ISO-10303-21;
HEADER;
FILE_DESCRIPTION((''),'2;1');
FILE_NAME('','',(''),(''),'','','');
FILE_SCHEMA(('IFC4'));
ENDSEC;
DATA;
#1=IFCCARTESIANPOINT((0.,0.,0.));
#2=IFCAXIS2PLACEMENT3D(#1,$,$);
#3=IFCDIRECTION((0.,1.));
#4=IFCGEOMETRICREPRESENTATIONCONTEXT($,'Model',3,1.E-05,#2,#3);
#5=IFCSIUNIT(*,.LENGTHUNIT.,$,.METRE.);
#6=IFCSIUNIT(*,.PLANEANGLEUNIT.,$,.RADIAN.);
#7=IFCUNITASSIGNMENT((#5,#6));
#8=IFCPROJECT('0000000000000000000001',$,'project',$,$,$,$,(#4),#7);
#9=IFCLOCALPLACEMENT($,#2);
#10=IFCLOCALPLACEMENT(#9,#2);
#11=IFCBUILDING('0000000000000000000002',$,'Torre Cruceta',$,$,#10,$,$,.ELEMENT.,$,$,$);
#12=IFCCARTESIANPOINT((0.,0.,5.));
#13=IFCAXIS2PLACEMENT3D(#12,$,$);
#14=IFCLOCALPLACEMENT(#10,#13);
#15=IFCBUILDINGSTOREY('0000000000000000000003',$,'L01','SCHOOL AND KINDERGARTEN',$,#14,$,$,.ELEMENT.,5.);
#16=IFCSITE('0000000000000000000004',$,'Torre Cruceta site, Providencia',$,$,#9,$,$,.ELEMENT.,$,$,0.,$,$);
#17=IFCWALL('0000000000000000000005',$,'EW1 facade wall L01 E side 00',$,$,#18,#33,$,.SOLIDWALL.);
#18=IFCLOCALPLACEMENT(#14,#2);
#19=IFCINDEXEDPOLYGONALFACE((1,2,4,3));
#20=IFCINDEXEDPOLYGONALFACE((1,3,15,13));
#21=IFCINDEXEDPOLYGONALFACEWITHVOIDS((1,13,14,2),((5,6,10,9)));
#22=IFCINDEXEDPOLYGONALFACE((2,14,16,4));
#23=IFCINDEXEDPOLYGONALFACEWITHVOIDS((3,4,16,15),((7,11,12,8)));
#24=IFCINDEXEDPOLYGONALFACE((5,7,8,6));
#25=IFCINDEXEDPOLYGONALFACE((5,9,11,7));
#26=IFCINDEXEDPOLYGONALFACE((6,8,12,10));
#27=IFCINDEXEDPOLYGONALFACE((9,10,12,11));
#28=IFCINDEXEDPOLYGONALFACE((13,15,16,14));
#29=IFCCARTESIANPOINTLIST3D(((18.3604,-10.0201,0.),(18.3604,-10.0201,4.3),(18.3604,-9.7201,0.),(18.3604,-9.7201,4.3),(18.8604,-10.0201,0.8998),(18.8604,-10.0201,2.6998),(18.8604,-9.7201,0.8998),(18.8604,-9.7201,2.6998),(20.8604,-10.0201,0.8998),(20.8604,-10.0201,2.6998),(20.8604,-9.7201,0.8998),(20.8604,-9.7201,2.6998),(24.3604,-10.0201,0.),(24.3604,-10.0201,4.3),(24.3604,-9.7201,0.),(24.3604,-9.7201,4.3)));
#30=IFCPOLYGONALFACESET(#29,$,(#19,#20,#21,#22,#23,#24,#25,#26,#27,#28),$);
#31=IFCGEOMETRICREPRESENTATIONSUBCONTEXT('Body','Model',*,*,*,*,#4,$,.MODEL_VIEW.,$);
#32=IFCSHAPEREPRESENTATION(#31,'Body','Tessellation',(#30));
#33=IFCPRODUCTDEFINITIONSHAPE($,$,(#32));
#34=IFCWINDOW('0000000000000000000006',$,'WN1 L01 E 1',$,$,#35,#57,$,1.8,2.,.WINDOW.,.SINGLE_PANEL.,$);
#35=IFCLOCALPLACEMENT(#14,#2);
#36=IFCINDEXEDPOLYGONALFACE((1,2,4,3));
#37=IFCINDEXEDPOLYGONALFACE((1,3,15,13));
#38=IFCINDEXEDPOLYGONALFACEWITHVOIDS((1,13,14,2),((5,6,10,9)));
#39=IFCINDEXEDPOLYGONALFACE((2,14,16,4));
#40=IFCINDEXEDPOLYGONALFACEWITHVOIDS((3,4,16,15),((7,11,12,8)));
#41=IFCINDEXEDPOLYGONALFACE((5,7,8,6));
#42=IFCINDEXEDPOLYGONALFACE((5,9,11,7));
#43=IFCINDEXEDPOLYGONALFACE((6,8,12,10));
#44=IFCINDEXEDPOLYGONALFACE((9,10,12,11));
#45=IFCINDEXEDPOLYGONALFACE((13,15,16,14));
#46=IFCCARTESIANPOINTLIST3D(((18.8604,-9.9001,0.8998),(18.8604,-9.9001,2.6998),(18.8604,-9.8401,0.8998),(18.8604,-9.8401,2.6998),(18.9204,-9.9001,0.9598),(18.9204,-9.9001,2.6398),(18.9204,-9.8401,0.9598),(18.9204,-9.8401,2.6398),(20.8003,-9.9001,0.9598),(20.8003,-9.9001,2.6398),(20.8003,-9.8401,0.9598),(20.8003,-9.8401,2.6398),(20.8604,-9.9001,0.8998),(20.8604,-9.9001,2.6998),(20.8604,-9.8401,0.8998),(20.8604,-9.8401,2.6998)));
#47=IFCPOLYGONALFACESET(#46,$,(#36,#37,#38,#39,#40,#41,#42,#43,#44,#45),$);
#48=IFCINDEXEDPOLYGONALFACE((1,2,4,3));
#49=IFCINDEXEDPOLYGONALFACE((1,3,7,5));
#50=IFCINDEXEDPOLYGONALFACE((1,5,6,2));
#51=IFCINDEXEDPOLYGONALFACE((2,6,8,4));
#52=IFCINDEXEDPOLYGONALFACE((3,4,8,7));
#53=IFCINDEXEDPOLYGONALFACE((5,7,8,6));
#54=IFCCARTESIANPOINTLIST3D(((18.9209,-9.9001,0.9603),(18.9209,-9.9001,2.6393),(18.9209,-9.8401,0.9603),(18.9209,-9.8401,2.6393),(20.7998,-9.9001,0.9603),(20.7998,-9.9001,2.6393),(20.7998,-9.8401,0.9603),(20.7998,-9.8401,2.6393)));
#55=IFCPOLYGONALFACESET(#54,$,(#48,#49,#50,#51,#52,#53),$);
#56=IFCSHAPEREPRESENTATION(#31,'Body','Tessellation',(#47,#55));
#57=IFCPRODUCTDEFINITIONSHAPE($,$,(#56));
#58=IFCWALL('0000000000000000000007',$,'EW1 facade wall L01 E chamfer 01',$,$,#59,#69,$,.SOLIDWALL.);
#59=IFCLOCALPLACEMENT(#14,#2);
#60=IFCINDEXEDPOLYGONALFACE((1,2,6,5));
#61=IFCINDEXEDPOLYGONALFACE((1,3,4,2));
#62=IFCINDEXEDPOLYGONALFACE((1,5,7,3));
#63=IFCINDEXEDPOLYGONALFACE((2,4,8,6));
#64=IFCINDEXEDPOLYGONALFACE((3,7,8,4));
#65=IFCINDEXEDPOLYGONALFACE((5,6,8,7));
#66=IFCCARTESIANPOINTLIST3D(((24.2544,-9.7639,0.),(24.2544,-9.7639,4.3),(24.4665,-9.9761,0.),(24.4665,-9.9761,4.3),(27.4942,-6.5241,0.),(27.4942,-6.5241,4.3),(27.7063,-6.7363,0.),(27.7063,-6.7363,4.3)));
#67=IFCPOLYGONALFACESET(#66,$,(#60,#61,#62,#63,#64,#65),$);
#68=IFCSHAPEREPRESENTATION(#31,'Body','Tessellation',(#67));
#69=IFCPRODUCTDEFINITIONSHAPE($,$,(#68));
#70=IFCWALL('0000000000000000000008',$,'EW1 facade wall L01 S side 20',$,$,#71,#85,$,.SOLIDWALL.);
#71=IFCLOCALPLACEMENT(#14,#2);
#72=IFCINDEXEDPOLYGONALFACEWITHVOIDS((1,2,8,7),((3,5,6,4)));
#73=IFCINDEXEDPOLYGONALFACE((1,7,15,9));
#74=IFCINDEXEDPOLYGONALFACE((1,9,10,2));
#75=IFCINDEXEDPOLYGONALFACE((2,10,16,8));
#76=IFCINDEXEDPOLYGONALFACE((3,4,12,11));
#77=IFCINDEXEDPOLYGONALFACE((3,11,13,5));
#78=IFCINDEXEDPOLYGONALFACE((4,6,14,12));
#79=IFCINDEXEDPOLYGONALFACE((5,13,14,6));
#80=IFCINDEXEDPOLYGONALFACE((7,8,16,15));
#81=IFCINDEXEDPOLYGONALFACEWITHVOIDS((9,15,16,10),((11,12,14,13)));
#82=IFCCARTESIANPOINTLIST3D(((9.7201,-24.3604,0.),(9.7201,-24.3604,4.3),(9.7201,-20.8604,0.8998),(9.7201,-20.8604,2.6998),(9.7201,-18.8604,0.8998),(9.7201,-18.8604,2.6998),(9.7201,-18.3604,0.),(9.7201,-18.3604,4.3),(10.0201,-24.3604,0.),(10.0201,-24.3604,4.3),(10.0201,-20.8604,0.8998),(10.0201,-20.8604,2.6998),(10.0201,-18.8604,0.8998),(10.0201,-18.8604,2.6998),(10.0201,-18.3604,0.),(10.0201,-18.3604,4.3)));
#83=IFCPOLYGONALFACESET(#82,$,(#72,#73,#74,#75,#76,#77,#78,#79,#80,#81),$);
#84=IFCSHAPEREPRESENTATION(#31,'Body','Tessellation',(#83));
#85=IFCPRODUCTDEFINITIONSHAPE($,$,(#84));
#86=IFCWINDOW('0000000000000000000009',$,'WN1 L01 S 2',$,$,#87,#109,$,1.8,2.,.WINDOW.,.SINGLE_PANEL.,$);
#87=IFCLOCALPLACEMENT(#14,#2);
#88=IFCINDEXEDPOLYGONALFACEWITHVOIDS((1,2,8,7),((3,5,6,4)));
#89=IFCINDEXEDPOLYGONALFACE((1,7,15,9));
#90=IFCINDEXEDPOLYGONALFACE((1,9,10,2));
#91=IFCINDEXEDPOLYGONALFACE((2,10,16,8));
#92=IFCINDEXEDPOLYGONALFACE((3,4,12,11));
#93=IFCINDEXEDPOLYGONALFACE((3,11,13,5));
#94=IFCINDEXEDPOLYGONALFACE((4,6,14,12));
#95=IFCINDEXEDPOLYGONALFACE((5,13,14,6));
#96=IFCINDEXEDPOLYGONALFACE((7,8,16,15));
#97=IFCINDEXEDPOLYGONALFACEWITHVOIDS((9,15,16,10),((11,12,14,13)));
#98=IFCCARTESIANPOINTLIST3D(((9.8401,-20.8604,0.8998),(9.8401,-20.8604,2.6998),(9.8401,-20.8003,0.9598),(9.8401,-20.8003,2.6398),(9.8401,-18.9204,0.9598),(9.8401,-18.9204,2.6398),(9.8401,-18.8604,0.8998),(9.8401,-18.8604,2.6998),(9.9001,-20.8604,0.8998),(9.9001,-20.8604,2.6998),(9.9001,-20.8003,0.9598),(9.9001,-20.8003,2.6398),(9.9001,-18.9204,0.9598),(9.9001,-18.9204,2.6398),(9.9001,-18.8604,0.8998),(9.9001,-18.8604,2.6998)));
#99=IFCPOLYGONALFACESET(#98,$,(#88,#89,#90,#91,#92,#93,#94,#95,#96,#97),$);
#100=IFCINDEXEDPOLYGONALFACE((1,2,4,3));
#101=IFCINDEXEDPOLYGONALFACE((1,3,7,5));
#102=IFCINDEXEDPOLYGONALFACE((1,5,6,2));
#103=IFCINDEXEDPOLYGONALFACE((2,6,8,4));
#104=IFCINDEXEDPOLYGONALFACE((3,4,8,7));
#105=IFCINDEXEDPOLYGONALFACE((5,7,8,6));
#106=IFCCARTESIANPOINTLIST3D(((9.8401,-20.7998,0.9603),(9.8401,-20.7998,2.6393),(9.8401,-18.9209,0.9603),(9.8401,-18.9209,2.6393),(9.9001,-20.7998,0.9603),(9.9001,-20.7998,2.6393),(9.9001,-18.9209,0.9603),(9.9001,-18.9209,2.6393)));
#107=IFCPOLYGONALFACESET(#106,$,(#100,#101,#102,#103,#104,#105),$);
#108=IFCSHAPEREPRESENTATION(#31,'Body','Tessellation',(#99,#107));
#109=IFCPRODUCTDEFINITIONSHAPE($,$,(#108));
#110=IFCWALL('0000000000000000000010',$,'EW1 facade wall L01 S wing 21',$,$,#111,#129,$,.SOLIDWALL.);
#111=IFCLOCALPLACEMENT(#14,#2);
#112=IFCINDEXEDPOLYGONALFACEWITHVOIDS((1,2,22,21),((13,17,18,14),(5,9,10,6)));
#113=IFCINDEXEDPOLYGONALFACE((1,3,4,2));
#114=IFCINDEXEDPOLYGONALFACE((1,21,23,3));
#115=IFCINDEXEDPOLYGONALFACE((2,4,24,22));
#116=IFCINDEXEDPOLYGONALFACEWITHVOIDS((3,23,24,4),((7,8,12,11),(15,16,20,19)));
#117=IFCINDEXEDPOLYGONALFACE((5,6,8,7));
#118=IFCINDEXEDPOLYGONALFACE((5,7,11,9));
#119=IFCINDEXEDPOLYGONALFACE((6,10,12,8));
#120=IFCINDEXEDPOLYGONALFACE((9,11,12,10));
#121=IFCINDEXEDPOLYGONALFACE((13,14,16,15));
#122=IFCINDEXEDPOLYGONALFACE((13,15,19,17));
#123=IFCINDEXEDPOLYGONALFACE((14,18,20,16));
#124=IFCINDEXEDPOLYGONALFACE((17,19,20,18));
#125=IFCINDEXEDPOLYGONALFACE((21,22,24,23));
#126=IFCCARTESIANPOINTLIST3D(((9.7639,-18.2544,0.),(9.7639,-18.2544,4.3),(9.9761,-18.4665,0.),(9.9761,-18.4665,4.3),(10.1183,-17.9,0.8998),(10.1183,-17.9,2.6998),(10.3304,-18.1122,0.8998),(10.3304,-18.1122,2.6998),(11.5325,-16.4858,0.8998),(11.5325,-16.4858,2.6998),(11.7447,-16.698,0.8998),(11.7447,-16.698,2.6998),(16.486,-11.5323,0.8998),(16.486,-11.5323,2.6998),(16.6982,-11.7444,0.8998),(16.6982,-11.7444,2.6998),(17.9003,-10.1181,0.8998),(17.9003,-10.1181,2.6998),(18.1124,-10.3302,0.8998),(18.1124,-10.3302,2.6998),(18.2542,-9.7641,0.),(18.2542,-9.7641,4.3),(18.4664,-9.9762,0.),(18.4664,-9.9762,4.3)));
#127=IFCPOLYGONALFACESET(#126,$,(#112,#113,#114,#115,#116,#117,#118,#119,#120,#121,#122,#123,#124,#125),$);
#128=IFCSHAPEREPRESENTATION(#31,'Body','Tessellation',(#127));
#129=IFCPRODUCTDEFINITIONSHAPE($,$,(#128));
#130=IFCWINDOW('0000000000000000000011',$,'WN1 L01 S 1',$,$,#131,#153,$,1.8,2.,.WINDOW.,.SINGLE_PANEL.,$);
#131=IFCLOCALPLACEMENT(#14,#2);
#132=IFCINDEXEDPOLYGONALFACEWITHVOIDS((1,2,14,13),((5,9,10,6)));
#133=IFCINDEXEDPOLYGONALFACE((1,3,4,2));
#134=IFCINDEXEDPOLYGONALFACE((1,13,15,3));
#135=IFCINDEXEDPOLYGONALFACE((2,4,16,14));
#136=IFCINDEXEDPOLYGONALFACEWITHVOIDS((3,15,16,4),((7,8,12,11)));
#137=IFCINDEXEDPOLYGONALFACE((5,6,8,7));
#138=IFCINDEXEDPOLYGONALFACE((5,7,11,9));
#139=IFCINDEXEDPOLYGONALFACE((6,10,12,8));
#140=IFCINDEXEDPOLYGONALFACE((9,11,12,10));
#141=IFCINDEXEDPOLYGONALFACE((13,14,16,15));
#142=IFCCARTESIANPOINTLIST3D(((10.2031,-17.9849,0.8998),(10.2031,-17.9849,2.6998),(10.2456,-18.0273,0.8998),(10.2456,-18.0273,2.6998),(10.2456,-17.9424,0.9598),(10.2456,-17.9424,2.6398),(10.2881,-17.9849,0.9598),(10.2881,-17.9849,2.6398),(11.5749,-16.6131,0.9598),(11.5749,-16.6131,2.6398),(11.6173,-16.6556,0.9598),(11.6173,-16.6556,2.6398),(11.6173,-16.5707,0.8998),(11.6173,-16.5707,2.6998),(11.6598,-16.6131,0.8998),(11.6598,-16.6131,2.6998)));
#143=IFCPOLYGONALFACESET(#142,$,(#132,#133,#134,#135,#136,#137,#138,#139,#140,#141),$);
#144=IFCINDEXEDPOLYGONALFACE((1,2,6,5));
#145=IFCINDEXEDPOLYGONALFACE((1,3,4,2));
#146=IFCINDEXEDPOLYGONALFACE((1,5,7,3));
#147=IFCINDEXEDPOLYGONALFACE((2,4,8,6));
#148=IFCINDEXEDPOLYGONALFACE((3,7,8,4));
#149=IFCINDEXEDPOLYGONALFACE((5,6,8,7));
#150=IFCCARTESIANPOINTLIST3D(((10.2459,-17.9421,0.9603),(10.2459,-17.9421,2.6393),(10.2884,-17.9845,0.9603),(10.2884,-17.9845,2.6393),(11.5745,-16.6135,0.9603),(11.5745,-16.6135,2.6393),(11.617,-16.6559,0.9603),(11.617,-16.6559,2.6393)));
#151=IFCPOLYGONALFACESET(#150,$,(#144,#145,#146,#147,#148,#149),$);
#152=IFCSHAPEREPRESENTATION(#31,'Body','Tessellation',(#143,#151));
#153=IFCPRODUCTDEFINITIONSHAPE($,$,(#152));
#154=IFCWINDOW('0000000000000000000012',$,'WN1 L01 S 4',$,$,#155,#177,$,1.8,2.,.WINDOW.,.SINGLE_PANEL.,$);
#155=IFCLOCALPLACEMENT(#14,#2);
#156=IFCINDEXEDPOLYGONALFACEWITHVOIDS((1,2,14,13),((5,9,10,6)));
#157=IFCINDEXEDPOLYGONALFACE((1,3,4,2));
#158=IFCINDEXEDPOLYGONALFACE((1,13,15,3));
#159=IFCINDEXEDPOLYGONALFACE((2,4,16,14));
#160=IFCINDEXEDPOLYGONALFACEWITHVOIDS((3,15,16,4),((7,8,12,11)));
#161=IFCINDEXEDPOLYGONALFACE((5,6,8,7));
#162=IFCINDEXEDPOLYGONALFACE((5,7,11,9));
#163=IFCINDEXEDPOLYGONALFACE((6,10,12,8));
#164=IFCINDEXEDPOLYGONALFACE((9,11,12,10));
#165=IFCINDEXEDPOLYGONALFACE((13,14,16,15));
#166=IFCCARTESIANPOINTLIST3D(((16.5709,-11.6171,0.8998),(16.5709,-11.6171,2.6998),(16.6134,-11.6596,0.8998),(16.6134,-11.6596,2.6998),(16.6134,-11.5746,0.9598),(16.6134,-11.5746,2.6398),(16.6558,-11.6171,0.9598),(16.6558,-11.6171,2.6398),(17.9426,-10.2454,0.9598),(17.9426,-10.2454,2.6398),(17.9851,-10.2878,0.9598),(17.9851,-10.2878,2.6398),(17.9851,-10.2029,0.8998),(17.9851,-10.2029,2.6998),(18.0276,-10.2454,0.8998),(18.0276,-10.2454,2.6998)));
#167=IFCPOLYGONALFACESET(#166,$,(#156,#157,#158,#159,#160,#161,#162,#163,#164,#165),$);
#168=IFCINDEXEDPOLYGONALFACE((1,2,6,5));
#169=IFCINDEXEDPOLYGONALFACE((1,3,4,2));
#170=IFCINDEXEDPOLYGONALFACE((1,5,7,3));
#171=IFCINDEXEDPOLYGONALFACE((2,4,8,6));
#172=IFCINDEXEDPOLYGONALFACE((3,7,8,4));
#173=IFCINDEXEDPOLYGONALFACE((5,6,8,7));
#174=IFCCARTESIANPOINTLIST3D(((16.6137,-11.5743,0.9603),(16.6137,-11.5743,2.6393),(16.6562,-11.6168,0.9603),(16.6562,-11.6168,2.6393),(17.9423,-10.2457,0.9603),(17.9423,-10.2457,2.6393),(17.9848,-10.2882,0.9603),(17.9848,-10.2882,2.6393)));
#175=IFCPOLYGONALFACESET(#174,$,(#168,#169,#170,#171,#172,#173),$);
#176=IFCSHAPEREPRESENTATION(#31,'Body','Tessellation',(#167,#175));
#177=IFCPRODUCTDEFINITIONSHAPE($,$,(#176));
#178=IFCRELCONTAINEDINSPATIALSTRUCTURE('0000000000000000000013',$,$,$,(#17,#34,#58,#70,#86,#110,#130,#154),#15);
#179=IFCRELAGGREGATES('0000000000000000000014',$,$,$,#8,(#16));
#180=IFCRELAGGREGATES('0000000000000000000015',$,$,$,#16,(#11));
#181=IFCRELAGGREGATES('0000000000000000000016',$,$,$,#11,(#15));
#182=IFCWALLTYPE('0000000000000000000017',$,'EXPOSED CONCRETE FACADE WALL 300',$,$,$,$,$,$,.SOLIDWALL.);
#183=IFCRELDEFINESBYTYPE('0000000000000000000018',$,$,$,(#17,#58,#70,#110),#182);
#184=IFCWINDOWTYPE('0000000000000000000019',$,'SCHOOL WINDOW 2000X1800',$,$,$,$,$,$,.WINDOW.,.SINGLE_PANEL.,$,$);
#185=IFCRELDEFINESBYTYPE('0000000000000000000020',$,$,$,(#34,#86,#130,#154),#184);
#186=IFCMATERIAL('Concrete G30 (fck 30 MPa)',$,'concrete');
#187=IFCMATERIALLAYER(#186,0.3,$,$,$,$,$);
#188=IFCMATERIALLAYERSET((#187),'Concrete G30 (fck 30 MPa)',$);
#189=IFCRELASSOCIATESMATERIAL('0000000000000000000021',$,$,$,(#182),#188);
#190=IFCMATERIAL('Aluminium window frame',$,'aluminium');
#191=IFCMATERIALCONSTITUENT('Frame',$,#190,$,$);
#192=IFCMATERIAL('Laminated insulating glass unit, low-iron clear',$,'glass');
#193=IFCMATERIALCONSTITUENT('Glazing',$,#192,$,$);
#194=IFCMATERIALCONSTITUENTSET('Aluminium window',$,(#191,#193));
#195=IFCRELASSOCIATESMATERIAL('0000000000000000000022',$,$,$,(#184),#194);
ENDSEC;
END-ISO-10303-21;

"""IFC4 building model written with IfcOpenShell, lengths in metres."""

from ifc_helpers import new_model, si_unit, direction, frame, frame_2d, origin, place, context, subcontext, project, spatial, rectangle, hollow_rectangle, extrude, material, layer, layer_set, constituent, constituent_set, type_object, element, fill, save


model = new_model("IFC4")

# Units and contexts
model_context = context("Model", 3, precision=1e-05, world=origin(), true_north=direction((0.0, 1.0)))
body_context = subcontext(model_context, "Body", "Model", "MODEL_VIEW")
ifc_project = project(units=[si_unit("LENGTHUNIT", "METRE"), si_unit("PLANEANGLEUNIT", "RADIAN")], contexts=[model_context])

# Site, building, storey
site_placement = place(None, origin())
site = spatial("IfcSite", under=ifc_project, at=site_placement, Name="Torre Cruceta site, Providencia", CompositionType="ELEMENT", RefElevation=0.0)
building_placement = place(site_placement, origin())
building = spatial("IfcBuilding", under=site, at=building_placement, Name="Torre Cruceta", CompositionType="ELEMENT")
storey_placement = place(building_placement, frame((0.0, 0.0, 5.0)))
storey = spatial("IfcBuildingStorey", under=building, at=storey_placement, Name="L01", Description="SCHOOL AND KINDERGARTEN", CompositionType="ELEMENT", Elevation=5.0)

# Wall, opening, window
ifc_material_1 = material(Name="Concrete G30 (fck 30 MPa)", Category="concrete")
ifc_layer_1 = layer(ifc_material_1, 0.3)
ifc_layer_set_1 = layer_set([ifc_layer_1], Name="Concrete G30 (fck 30 MPa)")
wall_type_1 = type_object("IfcWallType", Name="EXPOSED CONCRETE FACADE WALL 300", PredefinedType="SOLIDWALL", material=ifc_layer_set_1)
wall_1_placement = place(storey_placement, frame((18.3604, -9.8701, 0.0), z_axis=(0.0, 0.0, 1.0), x_axis=(1.0, 0.0, 0.0)))
wall_1 = element("IfcWall", 1, at=wall_1_placement, inside=storey, type_object=wall_type_1, Name="EW1 facade wall L01 E side 00", PredefinedType="SOLIDWALL", context=body_context, shape_type="SweptSolid", body=[
    extrude(rectangle(XDim=6.0, YDim=0.3, at=frame_2d((3.0, 0.0))), origin(), (0.0, 0.0, 1.0), 4.3),
])
opening_1_placement = place(wall_1_placement, frame((0.5, 0.0, 0.8999)))
opening_1 = element("IfcOpeningElement", 2, at=opening_1_placement, cuts=wall_1, PredefinedType="OPENING", context=body_context, shape_type="SweptSolid", body=[
    extrude(rectangle(XDim=2.0, YDim=1.8, at=frame_2d((1.0, 0.8999))), frame((0.0, 0.1599, 0.0), z_axis=(0.0, -1.0, 0.0), x_axis=(1.0, 0.0, 0.0)), (0.0, 0.0, 1.0), 0.3201),
])
ifc_material_2 = material(Name="Aluminium window frame", Category="aluminium")
ifc_constituent_1 = constituent(ifc_material_2, Name="Frame")
ifc_material_3 = material(Name="Laminated insulating glass unit, low-iron clear", Category="glass")
ifc_constituent_2 = constituent(ifc_material_3, Name="Glazing")
ifc_constituent_set_1 = constituent_set(constituents=[ifc_constituent_1, ifc_constituent_2], Name="Aluminium window")
window_type = type_object("IfcWindowType", Name="SCHOOL WINDOW 2000X1800", PartitioningType="SINGLE_PANEL", PredefinedType="WINDOW", material=ifc_constituent_set_1)
window_1_placement = place(opening_1_placement, origin())
window_1 = element("IfcWindow", 3, at=window_1_placement, inside=storey, type_object=window_type, Name="WN1 L01 E 1", OverallHeight=1.8, OverallWidth=2.0, PartitioningType="SINGLE_PANEL", PredefinedType="WINDOW", context=body_context, shape_type="SweptSolid", body=[
    extrude(hollow_rectangle(XDim=2.0, YDim=1.8, WallThickness=0.0601, at=frame_2d((1.0, 0.8999))), frame((0.0, 0.03, 0.0), z_axis=(0.0, -1.0, 0.0), x_axis=(1.0, 0.0, 0.0)), (0.0, 0.0, 1.0), 0.0601),
    extrude(rectangle(XDim=1.8789, YDim=1.679, at=frame_2d((1.0, 0.8999))), frame((0.0, 0.03, 0.0), z_axis=(0.0, -1.0, 0.0), x_axis=(1.0, 0.0, 0.0)), (0.0, 0.0, 1.0), 0.0601),
])
fill(opening_1, window_1)

# Wall
wall_2_placement = place(storey_placement, frame((24.3604, -9.8701, 0.0), z_axis=(0.0, 0.0, 1.0), x_axis=(0.707107, 0.707107, 0.0)))
element("IfcWall", 4, at=wall_2_placement, inside=storey, type_object=wall_type_1, Name="EW1 facade wall L01 E chamfer 01", PredefinedType="SOLIDWALL", context=body_context, shape_type="SweptSolid", body=[
    extrude(rectangle(XDim=4.5818, YDim=0.3, at=frame_2d((2.291, 0.0))), origin(), (0.0, 0.0, 1.0), 4.3),
])

# Wall, opening, window
wall_3_placement = place(storey_placement, frame((9.8701, -24.3604, 0.0), z_axis=(0.0, 0.0, 1.0), x_axis=(0.0, 1.0, 0.0)))
wall_3 = element("IfcWall", 5, at=wall_3_placement, inside=storey, type_object=wall_type_1, Name="EW1 facade wall L01 S side 20", PredefinedType="SOLIDWALL", context=body_context, shape_type="SweptSolid", body=[
    extrude(rectangle(XDim=6.0, YDim=0.3, at=frame_2d((3.0, 0.0))), origin(), (0.0, 0.0, 1.0), 4.3),
])
opening_2_placement = place(wall_3_placement, frame((3.5, 0.0, 0.8999)))
opening_2 = element("IfcOpeningElement", 6, at=opening_2_placement, cuts=wall_3, PredefinedType="OPENING", context=body_context, shape_type="SweptSolid", body=[
    extrude(rectangle(XDim=2.0, YDim=1.8, at=frame_2d((1.0, 0.8999))), frame((0.0, 0.1599, 0.0), z_axis=(0.0, -1.0, 0.0), x_axis=(1.0, 0.0, 0.0)), (0.0, 0.0, 1.0), 0.3201),
])
window_2_placement = place(opening_2_placement, origin())
window_2 = element("IfcWindow", 7, at=window_2_placement, inside=storey, type_object=window_type, Name="WN1 L01 S 2", OverallHeight=1.8, OverallWidth=2.0, PartitioningType="SINGLE_PANEL", PredefinedType="WINDOW", context=body_context, shape_type="SweptSolid", body=[
    extrude(hollow_rectangle(XDim=2.0, YDim=1.8, WallThickness=0.0601, at=frame_2d((1.0, 0.8999))), frame((0.0, 0.03, 0.0), z_axis=(0.0, -1.0, 0.0), x_axis=(1.0, 0.0, 0.0)), (0.0, 0.0, 1.0), 0.0601),
    extrude(rectangle(XDim=1.8789, YDim=1.679, at=frame_2d((1.0, 0.8999))), frame((0.0, 0.03, 0.0), z_axis=(0.0, -1.0, 0.0), x_axis=(1.0, 0.0, 0.0)), (0.0, 0.0, 1.0), 0.0601),
])
fill(opening_2, window_2)

# Wall, openings, windows
wall_4_placement = place(storey_placement, frame((9.8701, -18.3604, 0.0), z_axis=(0.0, 0.0, 1.0), x_axis=(0.707107, 0.707107, 0.0)))
wall_4 = element("IfcWall", 8, at=wall_4_placement, inside=storey, type_object=wall_type_1, Name="EW1 facade wall L01 S wing 21", PredefinedType="SOLIDWALL", context=body_context, shape_type="SweptSolid", body=[
    extrude(rectangle(XDim=12.0071, YDim=0.3, at=frame_2d((6.0034, 0.0))), origin(), (0.0, 0.0, 1.0), 4.3),
])
opening_3_placement = place(wall_4_placement, frame((0.501, 0.0, 0.8999)))
opening_3 = element("IfcOpeningElement", 9, at=opening_3_placement, cuts=wall_4, PredefinedType="OPENING", context=body_context, shape_type="SweptSolid", body=[
    extrude(rectangle(XDim=2.0, YDim=1.8, at=frame_2d((1.0, 0.8999))), frame((0.0, 0.1599, 0.0), z_axis=(0.0, -1.0, 0.0), x_axis=(1.0, 0.0, 0.0)), (0.0, 0.0, 1.0), 0.3201),
])
opening_4_placement = place(wall_4_placement, frame((9.5063, 0.0, 0.8999)))
opening_4 = element("IfcOpeningElement", 10, at=opening_4_placement, cuts=wall_4, PredefinedType="OPENING", context=body_context, shape_type="SweptSolid", body=[
    extrude(rectangle(XDim=2.0, YDim=1.8, at=frame_2d((1.0, 0.8999))), frame((0.0, 0.1599, 0.0), z_axis=(0.0, -1.0, 0.0), x_axis=(1.0, 0.0, 0.0)), (0.0, 0.0, 1.0), 0.3201),
])
window_3_placement = place(opening_3_placement, origin())
window_3 = element("IfcWindow", 11, at=window_3_placement, inside=storey, type_object=window_type, Name="WN1 L01 S 1", OverallHeight=1.8, OverallWidth=2.0, PartitioningType="SINGLE_PANEL", PredefinedType="WINDOW", context=body_context, shape_type="SweptSolid", body=[
    extrude(hollow_rectangle(XDim=2.0, YDim=1.8, WallThickness=0.0601, at=frame_2d((1.0, 0.8999))), frame((0.0, 0.03, 0.0), z_axis=(0.0, -1.0, 0.0), x_axis=(1.0, 0.0, 0.0)), (0.0, 0.0, 1.0), 0.0601),
    extrude(rectangle(XDim=1.8789, YDim=1.679, at=frame_2d((1.0, 0.8999))), frame((0.0, 0.03, 0.0), z_axis=(0.0, -1.0, 0.0), x_axis=(1.0, 0.0, 0.0)), (0.0, 0.0, 1.0), 0.0601),
])
fill(opening_3, window_3)
window_4_placement = place(opening_4_placement, origin())
window_4 = element("IfcWindow", 12, at=window_4_placement, inside=storey, type_object=window_type, Name="WN1 L01 S 4", OverallHeight=1.8, OverallWidth=2.0, PartitioningType="SINGLE_PANEL", PredefinedType="WINDOW", context=body_context, shape_type="SweptSolid", body=[
    extrude(hollow_rectangle(XDim=2.0, YDim=1.8, WallThickness=0.0601, at=frame_2d((1.0, 0.8999))), frame((0.0, 0.03, 0.0), z_axis=(0.0, -1.0, 0.0), x_axis=(1.0, 0.0, 0.0)), (0.0, 0.0, 1.0), 0.0601),
    extrude(rectangle(XDim=1.8789, YDim=1.679, at=frame_2d((1.0, 0.8999))), frame((0.0, 0.03, 0.0), z_axis=(0.0, -1.0, 0.0), x_axis=(1.0, 0.0, 0.0)), (0.0, 0.0, 1.0), 0.0601),
])
fill(opening_4, window_4)

save(model, "model.ifc")
